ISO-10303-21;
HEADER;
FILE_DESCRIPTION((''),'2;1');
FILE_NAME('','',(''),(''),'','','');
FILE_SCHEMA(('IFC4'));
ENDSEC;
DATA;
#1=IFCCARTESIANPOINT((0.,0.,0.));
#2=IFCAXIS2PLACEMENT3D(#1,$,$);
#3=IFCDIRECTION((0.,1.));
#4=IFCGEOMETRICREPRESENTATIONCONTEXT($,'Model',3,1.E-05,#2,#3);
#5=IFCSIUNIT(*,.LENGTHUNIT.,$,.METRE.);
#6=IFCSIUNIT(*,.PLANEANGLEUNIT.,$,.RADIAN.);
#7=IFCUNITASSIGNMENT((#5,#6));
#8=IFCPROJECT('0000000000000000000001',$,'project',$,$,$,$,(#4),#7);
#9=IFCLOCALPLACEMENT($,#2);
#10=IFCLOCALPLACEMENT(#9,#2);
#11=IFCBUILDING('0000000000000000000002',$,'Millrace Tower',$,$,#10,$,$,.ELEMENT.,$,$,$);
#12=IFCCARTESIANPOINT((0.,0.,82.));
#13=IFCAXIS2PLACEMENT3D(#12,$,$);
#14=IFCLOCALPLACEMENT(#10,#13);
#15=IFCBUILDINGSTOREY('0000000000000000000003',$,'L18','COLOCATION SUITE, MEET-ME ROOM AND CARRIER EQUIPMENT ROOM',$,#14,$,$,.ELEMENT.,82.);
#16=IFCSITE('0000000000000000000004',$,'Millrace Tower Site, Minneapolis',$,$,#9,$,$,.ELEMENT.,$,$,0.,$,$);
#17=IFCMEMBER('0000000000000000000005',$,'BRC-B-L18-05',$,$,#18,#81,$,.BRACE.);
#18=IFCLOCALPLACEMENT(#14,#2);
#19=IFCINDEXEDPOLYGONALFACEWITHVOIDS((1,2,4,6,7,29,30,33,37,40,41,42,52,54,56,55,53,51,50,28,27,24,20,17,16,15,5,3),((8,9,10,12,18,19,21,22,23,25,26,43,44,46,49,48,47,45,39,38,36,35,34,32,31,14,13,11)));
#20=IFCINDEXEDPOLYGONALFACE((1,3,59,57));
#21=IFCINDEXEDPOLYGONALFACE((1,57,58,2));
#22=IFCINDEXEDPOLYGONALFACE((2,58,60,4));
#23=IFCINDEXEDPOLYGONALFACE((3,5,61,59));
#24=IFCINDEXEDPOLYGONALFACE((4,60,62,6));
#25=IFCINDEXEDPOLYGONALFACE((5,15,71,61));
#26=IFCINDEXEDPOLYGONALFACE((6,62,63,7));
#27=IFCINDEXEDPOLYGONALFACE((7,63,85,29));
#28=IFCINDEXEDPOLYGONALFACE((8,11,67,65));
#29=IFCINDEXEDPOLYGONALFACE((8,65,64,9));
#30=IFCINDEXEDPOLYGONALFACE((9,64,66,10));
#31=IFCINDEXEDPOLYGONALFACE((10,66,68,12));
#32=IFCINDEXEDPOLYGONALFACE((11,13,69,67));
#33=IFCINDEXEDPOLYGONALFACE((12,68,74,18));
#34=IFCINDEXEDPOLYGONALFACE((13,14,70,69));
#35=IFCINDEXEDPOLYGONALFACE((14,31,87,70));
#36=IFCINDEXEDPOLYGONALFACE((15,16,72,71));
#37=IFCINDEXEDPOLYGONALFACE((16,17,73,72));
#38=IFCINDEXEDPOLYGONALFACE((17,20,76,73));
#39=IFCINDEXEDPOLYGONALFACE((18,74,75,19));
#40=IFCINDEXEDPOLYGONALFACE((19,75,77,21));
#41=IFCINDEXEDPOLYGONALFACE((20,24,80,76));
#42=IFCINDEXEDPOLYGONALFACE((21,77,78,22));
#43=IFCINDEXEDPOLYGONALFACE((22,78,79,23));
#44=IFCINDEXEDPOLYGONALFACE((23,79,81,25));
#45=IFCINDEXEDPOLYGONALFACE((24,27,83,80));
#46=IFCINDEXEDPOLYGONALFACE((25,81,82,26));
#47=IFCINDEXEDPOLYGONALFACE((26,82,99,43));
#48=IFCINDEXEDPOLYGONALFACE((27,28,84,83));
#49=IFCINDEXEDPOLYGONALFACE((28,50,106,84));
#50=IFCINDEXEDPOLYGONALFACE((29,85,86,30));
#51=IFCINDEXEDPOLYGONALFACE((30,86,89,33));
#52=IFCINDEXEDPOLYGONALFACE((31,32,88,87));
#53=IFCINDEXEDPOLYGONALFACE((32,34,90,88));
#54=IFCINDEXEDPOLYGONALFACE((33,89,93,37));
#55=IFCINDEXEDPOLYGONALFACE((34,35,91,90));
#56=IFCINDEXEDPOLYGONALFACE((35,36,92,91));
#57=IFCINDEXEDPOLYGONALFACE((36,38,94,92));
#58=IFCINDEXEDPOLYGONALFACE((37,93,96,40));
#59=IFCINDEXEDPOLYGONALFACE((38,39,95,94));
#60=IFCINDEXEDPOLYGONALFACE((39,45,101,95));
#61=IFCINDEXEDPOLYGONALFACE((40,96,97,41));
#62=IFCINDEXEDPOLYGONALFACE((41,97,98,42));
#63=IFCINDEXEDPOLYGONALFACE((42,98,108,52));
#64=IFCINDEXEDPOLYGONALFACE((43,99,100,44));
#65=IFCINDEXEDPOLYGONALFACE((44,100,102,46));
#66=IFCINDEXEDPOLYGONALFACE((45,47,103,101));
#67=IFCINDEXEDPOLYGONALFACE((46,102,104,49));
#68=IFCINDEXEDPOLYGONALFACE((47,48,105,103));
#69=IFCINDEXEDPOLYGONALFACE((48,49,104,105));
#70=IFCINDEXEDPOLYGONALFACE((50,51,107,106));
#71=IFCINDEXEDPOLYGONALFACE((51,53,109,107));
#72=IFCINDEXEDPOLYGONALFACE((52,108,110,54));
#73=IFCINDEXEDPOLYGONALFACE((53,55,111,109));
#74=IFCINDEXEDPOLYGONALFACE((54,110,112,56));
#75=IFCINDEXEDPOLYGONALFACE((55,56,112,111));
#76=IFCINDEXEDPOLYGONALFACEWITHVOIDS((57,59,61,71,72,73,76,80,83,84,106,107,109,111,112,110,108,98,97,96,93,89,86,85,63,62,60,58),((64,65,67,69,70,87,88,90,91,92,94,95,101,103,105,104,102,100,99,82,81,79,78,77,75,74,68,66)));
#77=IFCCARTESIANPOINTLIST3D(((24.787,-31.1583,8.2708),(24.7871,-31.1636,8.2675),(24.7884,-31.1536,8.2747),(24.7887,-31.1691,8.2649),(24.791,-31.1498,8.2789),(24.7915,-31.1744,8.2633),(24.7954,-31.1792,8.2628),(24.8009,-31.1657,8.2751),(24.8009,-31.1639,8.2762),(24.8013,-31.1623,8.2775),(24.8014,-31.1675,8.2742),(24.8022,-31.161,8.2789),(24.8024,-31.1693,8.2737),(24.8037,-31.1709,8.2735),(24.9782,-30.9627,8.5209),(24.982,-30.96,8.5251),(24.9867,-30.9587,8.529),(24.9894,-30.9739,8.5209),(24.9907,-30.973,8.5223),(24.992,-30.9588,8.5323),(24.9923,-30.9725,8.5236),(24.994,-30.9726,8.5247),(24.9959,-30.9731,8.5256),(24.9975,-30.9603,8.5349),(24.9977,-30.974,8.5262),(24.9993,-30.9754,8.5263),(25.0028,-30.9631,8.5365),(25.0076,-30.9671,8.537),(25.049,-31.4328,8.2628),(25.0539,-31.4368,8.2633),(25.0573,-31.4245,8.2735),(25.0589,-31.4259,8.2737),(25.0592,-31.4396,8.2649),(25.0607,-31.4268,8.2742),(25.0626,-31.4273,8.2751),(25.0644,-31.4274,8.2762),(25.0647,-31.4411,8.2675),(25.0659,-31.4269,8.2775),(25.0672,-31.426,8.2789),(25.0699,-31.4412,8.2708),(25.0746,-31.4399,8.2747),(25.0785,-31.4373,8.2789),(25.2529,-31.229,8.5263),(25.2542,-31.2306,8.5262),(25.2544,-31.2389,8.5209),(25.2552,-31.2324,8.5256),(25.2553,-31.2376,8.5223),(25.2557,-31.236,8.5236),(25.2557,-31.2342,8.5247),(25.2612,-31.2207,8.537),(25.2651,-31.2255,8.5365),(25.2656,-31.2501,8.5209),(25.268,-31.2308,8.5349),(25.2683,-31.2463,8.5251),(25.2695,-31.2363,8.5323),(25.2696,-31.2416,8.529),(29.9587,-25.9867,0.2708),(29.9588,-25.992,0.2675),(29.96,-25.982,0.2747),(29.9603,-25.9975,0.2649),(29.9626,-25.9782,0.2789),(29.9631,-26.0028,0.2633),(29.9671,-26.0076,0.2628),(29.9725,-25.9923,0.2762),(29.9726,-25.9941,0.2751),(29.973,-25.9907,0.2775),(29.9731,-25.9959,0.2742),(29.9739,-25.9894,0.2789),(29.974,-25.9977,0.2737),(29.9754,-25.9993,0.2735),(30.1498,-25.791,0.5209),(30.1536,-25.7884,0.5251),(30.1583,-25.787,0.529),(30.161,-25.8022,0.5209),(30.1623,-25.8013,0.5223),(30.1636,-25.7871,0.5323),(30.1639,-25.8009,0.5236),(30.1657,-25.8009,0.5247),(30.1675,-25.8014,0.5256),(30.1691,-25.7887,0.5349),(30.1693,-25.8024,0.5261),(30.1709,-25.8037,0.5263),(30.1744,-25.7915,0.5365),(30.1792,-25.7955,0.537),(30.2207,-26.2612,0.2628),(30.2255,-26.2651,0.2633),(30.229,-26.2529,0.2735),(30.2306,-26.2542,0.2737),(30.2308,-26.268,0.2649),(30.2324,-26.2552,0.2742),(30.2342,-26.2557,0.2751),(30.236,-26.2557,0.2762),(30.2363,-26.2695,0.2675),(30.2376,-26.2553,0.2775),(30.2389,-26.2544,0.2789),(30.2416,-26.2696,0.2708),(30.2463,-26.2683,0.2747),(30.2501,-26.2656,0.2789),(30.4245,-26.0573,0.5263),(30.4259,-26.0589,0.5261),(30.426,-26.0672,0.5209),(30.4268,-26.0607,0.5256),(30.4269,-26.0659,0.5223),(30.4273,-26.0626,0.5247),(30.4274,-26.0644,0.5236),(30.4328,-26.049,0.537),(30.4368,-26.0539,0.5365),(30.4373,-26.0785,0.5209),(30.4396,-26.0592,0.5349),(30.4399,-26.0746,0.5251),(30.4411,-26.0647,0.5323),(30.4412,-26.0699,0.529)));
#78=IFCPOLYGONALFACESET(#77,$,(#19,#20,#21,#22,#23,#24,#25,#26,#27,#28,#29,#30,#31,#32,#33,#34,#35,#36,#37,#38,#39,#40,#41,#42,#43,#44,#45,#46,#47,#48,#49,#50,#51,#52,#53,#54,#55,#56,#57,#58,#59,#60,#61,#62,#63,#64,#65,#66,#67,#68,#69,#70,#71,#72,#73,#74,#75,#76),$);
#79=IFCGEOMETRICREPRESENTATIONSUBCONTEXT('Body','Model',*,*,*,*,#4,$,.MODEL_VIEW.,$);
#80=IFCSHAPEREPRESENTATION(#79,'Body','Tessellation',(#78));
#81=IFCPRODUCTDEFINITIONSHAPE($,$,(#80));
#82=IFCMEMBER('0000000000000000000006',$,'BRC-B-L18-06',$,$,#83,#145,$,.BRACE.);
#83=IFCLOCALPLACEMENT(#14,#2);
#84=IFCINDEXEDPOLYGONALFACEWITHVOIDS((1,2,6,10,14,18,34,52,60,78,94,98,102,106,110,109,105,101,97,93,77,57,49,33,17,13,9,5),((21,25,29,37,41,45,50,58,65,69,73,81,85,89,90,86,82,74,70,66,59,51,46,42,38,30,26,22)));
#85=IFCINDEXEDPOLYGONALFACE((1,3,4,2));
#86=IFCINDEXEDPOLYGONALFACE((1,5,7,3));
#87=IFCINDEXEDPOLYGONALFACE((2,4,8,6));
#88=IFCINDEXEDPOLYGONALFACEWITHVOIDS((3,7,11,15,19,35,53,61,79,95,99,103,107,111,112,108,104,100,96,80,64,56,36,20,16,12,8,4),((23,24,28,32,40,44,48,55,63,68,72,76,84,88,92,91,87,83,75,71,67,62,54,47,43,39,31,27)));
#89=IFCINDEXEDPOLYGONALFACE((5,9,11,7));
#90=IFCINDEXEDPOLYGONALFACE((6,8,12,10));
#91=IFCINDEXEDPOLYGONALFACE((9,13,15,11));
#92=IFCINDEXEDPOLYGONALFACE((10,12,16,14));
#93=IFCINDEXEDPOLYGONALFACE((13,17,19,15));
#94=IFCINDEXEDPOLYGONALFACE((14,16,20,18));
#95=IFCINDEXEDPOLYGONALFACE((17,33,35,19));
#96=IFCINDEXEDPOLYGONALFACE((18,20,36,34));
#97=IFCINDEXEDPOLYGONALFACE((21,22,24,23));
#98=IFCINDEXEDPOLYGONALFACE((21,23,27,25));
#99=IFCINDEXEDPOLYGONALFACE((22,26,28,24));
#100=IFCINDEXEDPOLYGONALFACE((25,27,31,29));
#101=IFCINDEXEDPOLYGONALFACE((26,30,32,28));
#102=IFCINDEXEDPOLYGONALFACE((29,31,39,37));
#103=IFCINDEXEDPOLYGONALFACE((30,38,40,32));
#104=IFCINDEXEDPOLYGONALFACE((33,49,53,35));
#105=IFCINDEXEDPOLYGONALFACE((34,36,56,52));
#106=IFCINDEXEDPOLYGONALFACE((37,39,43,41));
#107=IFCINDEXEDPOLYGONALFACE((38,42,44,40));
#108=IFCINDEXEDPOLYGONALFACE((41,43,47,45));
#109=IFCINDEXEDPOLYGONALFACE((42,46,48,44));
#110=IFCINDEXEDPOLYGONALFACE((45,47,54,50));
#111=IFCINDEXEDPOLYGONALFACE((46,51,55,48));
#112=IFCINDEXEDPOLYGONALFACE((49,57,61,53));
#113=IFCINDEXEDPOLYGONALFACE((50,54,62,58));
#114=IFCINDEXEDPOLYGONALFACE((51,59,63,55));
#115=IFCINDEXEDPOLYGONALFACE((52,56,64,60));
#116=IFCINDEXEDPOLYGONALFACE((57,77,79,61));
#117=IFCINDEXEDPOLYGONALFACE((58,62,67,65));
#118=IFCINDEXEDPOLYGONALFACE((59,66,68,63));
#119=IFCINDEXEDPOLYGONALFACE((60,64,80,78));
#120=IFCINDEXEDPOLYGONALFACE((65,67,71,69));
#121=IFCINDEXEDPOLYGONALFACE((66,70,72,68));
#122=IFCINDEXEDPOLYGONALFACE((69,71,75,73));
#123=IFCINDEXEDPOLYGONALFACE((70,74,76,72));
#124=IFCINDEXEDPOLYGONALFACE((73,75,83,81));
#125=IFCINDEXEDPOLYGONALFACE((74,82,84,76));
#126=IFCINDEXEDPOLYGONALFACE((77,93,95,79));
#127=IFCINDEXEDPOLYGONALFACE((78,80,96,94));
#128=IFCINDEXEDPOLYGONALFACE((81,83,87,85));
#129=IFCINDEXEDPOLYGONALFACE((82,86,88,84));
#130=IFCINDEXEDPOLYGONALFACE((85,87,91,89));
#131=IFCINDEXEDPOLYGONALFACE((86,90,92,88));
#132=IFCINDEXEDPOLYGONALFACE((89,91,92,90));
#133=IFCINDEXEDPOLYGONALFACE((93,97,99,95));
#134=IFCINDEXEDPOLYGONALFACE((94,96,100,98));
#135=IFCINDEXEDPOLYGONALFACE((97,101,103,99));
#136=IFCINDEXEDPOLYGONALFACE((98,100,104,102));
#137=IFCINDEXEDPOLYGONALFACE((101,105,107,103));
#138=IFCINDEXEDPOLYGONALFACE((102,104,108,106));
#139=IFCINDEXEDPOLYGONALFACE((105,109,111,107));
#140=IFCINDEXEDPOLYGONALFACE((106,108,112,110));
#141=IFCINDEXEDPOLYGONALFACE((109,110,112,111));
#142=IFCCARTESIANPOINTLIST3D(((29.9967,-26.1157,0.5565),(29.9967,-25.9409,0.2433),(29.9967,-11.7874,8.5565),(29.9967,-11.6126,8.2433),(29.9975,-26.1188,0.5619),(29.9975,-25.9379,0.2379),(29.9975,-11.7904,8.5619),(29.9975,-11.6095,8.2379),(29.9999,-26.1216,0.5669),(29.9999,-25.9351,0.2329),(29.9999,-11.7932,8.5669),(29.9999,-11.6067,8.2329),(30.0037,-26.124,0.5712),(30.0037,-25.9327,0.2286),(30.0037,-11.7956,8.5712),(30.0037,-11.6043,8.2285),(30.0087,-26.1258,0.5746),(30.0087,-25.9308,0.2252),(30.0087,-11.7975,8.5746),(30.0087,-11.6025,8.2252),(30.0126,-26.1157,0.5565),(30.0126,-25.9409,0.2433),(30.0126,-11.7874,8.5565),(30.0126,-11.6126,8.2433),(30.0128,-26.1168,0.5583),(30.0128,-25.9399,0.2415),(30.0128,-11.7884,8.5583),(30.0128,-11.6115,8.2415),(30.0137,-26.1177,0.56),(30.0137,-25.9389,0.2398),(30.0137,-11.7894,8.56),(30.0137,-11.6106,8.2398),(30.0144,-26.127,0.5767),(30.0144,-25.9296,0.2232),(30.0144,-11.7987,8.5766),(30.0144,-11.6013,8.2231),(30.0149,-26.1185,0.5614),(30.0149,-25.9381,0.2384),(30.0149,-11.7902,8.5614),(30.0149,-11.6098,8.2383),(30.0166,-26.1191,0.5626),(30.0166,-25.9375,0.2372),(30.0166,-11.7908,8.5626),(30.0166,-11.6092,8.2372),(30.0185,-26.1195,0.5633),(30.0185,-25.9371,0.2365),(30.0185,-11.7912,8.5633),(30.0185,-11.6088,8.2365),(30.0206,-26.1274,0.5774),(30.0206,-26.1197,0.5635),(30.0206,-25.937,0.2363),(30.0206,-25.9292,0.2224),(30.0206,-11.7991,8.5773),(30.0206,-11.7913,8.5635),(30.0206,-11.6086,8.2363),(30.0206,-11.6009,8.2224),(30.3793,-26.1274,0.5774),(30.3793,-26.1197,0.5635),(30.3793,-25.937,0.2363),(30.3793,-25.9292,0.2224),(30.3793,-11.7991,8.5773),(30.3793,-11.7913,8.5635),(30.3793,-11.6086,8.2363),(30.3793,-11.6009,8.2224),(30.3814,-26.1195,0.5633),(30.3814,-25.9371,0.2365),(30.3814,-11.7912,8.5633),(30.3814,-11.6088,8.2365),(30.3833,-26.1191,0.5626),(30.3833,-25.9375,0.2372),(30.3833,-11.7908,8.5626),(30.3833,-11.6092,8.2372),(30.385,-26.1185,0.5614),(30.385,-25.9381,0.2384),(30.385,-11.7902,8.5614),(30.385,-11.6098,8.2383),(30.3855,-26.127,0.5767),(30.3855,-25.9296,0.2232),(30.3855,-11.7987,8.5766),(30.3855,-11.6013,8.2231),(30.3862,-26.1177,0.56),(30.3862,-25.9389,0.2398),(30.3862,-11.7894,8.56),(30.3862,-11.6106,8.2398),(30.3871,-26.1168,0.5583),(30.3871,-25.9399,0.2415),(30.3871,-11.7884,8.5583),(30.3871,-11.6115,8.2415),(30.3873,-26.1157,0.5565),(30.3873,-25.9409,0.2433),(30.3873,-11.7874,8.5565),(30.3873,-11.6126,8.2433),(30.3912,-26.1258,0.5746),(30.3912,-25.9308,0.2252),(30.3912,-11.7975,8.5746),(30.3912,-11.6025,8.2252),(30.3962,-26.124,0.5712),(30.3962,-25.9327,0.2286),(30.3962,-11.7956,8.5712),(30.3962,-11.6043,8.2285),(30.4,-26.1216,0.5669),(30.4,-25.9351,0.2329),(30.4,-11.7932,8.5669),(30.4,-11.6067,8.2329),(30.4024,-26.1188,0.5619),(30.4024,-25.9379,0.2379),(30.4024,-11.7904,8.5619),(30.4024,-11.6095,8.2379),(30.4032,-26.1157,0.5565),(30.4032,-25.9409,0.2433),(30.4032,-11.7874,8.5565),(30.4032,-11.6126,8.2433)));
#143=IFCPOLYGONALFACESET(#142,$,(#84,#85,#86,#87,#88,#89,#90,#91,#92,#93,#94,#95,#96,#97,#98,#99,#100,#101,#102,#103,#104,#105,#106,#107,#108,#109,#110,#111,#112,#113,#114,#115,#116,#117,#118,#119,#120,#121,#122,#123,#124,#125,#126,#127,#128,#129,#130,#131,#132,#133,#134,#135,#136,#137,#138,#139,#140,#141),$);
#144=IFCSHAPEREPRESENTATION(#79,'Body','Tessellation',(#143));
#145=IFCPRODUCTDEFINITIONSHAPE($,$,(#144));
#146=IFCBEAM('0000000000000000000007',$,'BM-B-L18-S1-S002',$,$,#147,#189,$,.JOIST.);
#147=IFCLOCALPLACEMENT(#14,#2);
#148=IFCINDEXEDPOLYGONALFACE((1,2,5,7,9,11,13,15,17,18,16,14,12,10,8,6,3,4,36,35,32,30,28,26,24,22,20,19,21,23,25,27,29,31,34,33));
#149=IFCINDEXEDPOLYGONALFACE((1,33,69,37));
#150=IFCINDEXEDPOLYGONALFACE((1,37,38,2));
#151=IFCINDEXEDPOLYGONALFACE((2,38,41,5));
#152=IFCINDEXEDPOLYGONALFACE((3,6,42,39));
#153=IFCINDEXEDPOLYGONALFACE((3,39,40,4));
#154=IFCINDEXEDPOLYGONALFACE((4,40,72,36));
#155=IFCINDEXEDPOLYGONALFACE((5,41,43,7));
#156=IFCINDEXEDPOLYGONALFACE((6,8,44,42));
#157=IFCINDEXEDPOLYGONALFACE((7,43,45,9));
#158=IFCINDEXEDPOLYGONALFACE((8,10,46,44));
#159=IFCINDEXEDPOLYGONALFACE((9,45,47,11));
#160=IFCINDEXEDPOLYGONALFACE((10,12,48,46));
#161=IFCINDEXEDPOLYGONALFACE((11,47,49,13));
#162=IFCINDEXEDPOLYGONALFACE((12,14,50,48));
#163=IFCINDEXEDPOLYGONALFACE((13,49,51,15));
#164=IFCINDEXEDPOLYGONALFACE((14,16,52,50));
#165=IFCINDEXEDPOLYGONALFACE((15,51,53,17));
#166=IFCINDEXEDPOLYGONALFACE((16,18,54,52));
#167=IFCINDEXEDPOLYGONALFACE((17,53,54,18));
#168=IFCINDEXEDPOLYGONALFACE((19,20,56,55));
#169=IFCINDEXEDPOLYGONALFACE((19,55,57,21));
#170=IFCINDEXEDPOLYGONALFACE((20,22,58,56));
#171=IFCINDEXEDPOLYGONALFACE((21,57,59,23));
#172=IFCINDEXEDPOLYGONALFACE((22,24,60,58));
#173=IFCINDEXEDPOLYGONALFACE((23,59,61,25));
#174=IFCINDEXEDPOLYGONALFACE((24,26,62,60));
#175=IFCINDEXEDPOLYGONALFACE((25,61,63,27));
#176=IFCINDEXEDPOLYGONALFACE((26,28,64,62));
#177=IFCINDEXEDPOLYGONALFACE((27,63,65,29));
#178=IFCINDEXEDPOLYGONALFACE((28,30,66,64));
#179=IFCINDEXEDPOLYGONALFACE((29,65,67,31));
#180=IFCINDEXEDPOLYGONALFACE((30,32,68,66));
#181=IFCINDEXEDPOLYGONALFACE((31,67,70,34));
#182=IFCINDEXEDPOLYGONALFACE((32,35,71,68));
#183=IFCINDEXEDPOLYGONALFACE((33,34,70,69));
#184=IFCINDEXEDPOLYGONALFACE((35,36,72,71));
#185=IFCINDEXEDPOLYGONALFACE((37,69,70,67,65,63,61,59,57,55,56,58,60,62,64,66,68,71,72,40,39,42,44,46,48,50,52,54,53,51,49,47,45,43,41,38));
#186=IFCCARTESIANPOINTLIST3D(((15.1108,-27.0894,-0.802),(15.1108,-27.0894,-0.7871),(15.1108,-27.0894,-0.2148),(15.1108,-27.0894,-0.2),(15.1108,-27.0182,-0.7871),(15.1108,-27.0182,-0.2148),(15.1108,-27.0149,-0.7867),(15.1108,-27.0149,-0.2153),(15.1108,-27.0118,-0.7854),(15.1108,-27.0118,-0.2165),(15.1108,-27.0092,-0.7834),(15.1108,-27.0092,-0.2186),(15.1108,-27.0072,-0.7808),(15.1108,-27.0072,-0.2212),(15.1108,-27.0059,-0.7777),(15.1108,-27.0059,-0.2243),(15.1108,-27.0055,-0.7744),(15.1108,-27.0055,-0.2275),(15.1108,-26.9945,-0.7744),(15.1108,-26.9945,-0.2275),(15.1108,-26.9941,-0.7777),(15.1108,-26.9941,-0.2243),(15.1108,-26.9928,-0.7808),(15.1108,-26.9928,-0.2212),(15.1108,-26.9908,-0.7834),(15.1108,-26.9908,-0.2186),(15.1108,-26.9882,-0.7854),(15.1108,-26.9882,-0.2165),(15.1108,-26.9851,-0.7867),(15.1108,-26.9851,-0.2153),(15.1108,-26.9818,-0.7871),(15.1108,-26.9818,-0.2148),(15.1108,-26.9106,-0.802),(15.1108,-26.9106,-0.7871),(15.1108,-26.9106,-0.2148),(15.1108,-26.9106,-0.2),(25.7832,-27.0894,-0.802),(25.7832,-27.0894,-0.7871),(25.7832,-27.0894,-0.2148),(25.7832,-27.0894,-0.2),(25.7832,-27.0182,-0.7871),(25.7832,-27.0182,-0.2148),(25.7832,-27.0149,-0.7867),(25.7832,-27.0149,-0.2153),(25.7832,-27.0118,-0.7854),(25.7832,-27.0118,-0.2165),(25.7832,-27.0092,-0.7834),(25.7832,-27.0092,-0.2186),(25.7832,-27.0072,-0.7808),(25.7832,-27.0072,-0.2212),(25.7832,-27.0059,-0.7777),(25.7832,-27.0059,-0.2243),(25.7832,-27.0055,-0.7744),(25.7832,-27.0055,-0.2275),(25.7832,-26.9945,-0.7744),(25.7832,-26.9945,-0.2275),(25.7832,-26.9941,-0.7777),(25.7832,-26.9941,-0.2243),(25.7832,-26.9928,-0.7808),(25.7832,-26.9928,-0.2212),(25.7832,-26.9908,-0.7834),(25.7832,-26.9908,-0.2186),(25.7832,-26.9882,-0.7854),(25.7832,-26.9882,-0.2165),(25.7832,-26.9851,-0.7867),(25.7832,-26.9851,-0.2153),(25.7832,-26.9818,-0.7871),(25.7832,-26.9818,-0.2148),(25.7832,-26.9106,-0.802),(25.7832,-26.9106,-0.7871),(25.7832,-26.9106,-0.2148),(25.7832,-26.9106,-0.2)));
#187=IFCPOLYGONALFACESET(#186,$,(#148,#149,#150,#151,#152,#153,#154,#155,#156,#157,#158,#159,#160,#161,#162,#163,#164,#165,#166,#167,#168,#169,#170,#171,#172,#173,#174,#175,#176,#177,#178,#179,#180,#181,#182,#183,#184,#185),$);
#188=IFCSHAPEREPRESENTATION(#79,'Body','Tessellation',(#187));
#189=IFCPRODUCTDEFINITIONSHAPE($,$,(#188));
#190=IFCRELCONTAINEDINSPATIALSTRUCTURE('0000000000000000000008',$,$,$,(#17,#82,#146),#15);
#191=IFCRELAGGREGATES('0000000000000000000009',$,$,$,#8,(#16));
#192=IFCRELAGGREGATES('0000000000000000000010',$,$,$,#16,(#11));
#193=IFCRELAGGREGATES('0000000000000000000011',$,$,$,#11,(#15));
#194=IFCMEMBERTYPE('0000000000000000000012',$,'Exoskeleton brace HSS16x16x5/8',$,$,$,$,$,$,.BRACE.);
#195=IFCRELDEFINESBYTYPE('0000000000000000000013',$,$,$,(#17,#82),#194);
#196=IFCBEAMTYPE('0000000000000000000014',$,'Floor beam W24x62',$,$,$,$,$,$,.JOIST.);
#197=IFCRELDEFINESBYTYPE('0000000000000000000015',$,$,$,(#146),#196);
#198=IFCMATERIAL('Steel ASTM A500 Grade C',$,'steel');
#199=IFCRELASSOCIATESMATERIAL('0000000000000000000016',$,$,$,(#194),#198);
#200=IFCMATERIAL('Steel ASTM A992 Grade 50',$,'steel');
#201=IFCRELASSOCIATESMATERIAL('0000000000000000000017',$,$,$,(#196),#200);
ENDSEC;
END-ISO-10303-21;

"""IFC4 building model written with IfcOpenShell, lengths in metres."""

from ifc_helpers import new_model, si_unit, direction, frame, origin, origin_2d, place, context, subcontext, project, spatial, hollow_rectangle, i_section, extrude, material, material_profile, profile_set, type_object, element, save


model = new_model("IFC4")

# Units and contexts
model_context = context("Model", 3, precision=1e-05, world=origin(), true_north=direction((0.0, 1.0)))
body_context = subcontext(model_context, "Body", "Model", "MODEL_VIEW")
ifc_project = project(units=[si_unit("LENGTHUNIT", "METRE"), si_unit("PLANEANGLEUNIT", "RADIAN")], contexts=[model_context])

# Site, building, storey
site_placement = place(None, origin())
site = spatial("IfcSite", under=ifc_project, at=site_placement, Name="Millrace Tower Site, Minneapolis", CompositionType="ELEMENT", RefElevation=0.0)
building_placement = place(site_placement, origin())
building = spatial("IfcBuilding", under=site, at=building_placement, Name="Millrace Tower", CompositionType="ELEMENT")
storey_placement = place(building_placement, frame((0.0, 0.0, 82.0)))
storey = spatial("IfcBuildingStorey", under=building, at=storey_placement, Name="L18", Description="COLOCATION SUITE, MEET-ME ROOM AND CARRIER EQUIPMENT ROOM", CompositionType="ELEMENT", Elevation=82.0)

# Members
ifc_material_1 = material(Name="Steel ASTM A500 Grade C", Category="steel")
ifc_material_profile_1 = material_profile(ifc_material_1, hollow_rectangle(XDim=0.4065, YDim=0.4065, WallThickness=0.0159, InnerFilletRadius=0.0081, OuterFilletRadius=0.0239, at=origin_2d()))
ifc_profile_set_1 = profile_set([ifc_material_profile_1], Name="Steel ASTM A500 Grade C")
member_type_1 = type_object("IfcMemberType", Name="Exoskeleton brace HSS16x16x5/8", PredefinedType="BRACE", material=ifc_profile_set_1)
member_1_placement = place(storey_placement, frame((30.2, -26.0283, 0.3999), z_axis=(-0.477116, -0.477116, 0.738052), x_axis=(0.707107, -0.707107, 0.0)))
element("IfcMember", 1, at=member_1_placement, inside=storey, type_object=member_type_1, Name="BRC-B-L18-05", PredefinedType="BRACE", context=body_context, shape_type="SweptSolid", body=[
    extrude(hollow_rectangle(XDim=0.4065, YDim=0.4065, WallThickness=0.0159, InnerFilletRadius=0.0081, OuterFilletRadius=0.0239, at=origin_2d()), origin(), (0.0, 0.0, 1.0), 10.8394),
])
member_2_placement = place(storey_placement, frame((30.2, -26.0283, 0.3999), z_axis=(0.0, 0.873126, 0.487495), x_axis=(-1.0, 0.0, 0.0)))
element("IfcMember", 2, at=member_2_placement, inside=storey, type_object=member_type_1, Name="BRC-B-L18-06", PredefinedType="BRACE", context=body_context, shape_type="SweptSolid", body=[
    extrude(hollow_rectangle(XDim=0.4065, YDim=0.4065, WallThickness=0.0159, InnerFilletRadius=0.0081, OuterFilletRadius=0.0239, at=origin_2d()), origin(), (0.0, 0.0, 1.0), 16.4104),
])

# Beam
ifc_material_2 = material(Name="Steel ASTM A992 Grade 50", Category="steel")
ifc_material_profile_2 = material_profile(ifc_material_2, i_section(OverallWidth=0.1787, OverallDepth=0.6021, WebThickness=0.011, FlangeThickness=0.0149, FilletRadius=0.0127, at=origin_2d()))
ifc_profile_set_2 = profile_set([ifc_material_profile_2], Name="Steel ASTM A992 Grade 50")
beam_type_1 = type_object("IfcBeamType", Name="Floor beam W24x62", PredefinedType="JOIST", material=ifc_profile_set_2)
beam_1_placement = place(storey_placement, frame((15.1108, -27.0, -0.501), z_axis=(1.0, 0.0, 0.0), x_axis=(0.0, 1.0, 0.0)))
element("IfcBeam", 3, at=beam_1_placement, inside=storey, type_object=beam_type_1, Name="BM-B-L18-S1-S002", PredefinedType="JOIST", context=body_context, shape_type="SweptSolid", body=[
    extrude(i_section(OverallWidth=0.1787, OverallDepth=0.6021, WebThickness=0.011, FlangeThickness=0.0149, FilletRadius=0.0127, at=origin_2d()), origin(), (0.0, 0.0, 1.0), 10.6724),
])

save(model, "model.ifc")
